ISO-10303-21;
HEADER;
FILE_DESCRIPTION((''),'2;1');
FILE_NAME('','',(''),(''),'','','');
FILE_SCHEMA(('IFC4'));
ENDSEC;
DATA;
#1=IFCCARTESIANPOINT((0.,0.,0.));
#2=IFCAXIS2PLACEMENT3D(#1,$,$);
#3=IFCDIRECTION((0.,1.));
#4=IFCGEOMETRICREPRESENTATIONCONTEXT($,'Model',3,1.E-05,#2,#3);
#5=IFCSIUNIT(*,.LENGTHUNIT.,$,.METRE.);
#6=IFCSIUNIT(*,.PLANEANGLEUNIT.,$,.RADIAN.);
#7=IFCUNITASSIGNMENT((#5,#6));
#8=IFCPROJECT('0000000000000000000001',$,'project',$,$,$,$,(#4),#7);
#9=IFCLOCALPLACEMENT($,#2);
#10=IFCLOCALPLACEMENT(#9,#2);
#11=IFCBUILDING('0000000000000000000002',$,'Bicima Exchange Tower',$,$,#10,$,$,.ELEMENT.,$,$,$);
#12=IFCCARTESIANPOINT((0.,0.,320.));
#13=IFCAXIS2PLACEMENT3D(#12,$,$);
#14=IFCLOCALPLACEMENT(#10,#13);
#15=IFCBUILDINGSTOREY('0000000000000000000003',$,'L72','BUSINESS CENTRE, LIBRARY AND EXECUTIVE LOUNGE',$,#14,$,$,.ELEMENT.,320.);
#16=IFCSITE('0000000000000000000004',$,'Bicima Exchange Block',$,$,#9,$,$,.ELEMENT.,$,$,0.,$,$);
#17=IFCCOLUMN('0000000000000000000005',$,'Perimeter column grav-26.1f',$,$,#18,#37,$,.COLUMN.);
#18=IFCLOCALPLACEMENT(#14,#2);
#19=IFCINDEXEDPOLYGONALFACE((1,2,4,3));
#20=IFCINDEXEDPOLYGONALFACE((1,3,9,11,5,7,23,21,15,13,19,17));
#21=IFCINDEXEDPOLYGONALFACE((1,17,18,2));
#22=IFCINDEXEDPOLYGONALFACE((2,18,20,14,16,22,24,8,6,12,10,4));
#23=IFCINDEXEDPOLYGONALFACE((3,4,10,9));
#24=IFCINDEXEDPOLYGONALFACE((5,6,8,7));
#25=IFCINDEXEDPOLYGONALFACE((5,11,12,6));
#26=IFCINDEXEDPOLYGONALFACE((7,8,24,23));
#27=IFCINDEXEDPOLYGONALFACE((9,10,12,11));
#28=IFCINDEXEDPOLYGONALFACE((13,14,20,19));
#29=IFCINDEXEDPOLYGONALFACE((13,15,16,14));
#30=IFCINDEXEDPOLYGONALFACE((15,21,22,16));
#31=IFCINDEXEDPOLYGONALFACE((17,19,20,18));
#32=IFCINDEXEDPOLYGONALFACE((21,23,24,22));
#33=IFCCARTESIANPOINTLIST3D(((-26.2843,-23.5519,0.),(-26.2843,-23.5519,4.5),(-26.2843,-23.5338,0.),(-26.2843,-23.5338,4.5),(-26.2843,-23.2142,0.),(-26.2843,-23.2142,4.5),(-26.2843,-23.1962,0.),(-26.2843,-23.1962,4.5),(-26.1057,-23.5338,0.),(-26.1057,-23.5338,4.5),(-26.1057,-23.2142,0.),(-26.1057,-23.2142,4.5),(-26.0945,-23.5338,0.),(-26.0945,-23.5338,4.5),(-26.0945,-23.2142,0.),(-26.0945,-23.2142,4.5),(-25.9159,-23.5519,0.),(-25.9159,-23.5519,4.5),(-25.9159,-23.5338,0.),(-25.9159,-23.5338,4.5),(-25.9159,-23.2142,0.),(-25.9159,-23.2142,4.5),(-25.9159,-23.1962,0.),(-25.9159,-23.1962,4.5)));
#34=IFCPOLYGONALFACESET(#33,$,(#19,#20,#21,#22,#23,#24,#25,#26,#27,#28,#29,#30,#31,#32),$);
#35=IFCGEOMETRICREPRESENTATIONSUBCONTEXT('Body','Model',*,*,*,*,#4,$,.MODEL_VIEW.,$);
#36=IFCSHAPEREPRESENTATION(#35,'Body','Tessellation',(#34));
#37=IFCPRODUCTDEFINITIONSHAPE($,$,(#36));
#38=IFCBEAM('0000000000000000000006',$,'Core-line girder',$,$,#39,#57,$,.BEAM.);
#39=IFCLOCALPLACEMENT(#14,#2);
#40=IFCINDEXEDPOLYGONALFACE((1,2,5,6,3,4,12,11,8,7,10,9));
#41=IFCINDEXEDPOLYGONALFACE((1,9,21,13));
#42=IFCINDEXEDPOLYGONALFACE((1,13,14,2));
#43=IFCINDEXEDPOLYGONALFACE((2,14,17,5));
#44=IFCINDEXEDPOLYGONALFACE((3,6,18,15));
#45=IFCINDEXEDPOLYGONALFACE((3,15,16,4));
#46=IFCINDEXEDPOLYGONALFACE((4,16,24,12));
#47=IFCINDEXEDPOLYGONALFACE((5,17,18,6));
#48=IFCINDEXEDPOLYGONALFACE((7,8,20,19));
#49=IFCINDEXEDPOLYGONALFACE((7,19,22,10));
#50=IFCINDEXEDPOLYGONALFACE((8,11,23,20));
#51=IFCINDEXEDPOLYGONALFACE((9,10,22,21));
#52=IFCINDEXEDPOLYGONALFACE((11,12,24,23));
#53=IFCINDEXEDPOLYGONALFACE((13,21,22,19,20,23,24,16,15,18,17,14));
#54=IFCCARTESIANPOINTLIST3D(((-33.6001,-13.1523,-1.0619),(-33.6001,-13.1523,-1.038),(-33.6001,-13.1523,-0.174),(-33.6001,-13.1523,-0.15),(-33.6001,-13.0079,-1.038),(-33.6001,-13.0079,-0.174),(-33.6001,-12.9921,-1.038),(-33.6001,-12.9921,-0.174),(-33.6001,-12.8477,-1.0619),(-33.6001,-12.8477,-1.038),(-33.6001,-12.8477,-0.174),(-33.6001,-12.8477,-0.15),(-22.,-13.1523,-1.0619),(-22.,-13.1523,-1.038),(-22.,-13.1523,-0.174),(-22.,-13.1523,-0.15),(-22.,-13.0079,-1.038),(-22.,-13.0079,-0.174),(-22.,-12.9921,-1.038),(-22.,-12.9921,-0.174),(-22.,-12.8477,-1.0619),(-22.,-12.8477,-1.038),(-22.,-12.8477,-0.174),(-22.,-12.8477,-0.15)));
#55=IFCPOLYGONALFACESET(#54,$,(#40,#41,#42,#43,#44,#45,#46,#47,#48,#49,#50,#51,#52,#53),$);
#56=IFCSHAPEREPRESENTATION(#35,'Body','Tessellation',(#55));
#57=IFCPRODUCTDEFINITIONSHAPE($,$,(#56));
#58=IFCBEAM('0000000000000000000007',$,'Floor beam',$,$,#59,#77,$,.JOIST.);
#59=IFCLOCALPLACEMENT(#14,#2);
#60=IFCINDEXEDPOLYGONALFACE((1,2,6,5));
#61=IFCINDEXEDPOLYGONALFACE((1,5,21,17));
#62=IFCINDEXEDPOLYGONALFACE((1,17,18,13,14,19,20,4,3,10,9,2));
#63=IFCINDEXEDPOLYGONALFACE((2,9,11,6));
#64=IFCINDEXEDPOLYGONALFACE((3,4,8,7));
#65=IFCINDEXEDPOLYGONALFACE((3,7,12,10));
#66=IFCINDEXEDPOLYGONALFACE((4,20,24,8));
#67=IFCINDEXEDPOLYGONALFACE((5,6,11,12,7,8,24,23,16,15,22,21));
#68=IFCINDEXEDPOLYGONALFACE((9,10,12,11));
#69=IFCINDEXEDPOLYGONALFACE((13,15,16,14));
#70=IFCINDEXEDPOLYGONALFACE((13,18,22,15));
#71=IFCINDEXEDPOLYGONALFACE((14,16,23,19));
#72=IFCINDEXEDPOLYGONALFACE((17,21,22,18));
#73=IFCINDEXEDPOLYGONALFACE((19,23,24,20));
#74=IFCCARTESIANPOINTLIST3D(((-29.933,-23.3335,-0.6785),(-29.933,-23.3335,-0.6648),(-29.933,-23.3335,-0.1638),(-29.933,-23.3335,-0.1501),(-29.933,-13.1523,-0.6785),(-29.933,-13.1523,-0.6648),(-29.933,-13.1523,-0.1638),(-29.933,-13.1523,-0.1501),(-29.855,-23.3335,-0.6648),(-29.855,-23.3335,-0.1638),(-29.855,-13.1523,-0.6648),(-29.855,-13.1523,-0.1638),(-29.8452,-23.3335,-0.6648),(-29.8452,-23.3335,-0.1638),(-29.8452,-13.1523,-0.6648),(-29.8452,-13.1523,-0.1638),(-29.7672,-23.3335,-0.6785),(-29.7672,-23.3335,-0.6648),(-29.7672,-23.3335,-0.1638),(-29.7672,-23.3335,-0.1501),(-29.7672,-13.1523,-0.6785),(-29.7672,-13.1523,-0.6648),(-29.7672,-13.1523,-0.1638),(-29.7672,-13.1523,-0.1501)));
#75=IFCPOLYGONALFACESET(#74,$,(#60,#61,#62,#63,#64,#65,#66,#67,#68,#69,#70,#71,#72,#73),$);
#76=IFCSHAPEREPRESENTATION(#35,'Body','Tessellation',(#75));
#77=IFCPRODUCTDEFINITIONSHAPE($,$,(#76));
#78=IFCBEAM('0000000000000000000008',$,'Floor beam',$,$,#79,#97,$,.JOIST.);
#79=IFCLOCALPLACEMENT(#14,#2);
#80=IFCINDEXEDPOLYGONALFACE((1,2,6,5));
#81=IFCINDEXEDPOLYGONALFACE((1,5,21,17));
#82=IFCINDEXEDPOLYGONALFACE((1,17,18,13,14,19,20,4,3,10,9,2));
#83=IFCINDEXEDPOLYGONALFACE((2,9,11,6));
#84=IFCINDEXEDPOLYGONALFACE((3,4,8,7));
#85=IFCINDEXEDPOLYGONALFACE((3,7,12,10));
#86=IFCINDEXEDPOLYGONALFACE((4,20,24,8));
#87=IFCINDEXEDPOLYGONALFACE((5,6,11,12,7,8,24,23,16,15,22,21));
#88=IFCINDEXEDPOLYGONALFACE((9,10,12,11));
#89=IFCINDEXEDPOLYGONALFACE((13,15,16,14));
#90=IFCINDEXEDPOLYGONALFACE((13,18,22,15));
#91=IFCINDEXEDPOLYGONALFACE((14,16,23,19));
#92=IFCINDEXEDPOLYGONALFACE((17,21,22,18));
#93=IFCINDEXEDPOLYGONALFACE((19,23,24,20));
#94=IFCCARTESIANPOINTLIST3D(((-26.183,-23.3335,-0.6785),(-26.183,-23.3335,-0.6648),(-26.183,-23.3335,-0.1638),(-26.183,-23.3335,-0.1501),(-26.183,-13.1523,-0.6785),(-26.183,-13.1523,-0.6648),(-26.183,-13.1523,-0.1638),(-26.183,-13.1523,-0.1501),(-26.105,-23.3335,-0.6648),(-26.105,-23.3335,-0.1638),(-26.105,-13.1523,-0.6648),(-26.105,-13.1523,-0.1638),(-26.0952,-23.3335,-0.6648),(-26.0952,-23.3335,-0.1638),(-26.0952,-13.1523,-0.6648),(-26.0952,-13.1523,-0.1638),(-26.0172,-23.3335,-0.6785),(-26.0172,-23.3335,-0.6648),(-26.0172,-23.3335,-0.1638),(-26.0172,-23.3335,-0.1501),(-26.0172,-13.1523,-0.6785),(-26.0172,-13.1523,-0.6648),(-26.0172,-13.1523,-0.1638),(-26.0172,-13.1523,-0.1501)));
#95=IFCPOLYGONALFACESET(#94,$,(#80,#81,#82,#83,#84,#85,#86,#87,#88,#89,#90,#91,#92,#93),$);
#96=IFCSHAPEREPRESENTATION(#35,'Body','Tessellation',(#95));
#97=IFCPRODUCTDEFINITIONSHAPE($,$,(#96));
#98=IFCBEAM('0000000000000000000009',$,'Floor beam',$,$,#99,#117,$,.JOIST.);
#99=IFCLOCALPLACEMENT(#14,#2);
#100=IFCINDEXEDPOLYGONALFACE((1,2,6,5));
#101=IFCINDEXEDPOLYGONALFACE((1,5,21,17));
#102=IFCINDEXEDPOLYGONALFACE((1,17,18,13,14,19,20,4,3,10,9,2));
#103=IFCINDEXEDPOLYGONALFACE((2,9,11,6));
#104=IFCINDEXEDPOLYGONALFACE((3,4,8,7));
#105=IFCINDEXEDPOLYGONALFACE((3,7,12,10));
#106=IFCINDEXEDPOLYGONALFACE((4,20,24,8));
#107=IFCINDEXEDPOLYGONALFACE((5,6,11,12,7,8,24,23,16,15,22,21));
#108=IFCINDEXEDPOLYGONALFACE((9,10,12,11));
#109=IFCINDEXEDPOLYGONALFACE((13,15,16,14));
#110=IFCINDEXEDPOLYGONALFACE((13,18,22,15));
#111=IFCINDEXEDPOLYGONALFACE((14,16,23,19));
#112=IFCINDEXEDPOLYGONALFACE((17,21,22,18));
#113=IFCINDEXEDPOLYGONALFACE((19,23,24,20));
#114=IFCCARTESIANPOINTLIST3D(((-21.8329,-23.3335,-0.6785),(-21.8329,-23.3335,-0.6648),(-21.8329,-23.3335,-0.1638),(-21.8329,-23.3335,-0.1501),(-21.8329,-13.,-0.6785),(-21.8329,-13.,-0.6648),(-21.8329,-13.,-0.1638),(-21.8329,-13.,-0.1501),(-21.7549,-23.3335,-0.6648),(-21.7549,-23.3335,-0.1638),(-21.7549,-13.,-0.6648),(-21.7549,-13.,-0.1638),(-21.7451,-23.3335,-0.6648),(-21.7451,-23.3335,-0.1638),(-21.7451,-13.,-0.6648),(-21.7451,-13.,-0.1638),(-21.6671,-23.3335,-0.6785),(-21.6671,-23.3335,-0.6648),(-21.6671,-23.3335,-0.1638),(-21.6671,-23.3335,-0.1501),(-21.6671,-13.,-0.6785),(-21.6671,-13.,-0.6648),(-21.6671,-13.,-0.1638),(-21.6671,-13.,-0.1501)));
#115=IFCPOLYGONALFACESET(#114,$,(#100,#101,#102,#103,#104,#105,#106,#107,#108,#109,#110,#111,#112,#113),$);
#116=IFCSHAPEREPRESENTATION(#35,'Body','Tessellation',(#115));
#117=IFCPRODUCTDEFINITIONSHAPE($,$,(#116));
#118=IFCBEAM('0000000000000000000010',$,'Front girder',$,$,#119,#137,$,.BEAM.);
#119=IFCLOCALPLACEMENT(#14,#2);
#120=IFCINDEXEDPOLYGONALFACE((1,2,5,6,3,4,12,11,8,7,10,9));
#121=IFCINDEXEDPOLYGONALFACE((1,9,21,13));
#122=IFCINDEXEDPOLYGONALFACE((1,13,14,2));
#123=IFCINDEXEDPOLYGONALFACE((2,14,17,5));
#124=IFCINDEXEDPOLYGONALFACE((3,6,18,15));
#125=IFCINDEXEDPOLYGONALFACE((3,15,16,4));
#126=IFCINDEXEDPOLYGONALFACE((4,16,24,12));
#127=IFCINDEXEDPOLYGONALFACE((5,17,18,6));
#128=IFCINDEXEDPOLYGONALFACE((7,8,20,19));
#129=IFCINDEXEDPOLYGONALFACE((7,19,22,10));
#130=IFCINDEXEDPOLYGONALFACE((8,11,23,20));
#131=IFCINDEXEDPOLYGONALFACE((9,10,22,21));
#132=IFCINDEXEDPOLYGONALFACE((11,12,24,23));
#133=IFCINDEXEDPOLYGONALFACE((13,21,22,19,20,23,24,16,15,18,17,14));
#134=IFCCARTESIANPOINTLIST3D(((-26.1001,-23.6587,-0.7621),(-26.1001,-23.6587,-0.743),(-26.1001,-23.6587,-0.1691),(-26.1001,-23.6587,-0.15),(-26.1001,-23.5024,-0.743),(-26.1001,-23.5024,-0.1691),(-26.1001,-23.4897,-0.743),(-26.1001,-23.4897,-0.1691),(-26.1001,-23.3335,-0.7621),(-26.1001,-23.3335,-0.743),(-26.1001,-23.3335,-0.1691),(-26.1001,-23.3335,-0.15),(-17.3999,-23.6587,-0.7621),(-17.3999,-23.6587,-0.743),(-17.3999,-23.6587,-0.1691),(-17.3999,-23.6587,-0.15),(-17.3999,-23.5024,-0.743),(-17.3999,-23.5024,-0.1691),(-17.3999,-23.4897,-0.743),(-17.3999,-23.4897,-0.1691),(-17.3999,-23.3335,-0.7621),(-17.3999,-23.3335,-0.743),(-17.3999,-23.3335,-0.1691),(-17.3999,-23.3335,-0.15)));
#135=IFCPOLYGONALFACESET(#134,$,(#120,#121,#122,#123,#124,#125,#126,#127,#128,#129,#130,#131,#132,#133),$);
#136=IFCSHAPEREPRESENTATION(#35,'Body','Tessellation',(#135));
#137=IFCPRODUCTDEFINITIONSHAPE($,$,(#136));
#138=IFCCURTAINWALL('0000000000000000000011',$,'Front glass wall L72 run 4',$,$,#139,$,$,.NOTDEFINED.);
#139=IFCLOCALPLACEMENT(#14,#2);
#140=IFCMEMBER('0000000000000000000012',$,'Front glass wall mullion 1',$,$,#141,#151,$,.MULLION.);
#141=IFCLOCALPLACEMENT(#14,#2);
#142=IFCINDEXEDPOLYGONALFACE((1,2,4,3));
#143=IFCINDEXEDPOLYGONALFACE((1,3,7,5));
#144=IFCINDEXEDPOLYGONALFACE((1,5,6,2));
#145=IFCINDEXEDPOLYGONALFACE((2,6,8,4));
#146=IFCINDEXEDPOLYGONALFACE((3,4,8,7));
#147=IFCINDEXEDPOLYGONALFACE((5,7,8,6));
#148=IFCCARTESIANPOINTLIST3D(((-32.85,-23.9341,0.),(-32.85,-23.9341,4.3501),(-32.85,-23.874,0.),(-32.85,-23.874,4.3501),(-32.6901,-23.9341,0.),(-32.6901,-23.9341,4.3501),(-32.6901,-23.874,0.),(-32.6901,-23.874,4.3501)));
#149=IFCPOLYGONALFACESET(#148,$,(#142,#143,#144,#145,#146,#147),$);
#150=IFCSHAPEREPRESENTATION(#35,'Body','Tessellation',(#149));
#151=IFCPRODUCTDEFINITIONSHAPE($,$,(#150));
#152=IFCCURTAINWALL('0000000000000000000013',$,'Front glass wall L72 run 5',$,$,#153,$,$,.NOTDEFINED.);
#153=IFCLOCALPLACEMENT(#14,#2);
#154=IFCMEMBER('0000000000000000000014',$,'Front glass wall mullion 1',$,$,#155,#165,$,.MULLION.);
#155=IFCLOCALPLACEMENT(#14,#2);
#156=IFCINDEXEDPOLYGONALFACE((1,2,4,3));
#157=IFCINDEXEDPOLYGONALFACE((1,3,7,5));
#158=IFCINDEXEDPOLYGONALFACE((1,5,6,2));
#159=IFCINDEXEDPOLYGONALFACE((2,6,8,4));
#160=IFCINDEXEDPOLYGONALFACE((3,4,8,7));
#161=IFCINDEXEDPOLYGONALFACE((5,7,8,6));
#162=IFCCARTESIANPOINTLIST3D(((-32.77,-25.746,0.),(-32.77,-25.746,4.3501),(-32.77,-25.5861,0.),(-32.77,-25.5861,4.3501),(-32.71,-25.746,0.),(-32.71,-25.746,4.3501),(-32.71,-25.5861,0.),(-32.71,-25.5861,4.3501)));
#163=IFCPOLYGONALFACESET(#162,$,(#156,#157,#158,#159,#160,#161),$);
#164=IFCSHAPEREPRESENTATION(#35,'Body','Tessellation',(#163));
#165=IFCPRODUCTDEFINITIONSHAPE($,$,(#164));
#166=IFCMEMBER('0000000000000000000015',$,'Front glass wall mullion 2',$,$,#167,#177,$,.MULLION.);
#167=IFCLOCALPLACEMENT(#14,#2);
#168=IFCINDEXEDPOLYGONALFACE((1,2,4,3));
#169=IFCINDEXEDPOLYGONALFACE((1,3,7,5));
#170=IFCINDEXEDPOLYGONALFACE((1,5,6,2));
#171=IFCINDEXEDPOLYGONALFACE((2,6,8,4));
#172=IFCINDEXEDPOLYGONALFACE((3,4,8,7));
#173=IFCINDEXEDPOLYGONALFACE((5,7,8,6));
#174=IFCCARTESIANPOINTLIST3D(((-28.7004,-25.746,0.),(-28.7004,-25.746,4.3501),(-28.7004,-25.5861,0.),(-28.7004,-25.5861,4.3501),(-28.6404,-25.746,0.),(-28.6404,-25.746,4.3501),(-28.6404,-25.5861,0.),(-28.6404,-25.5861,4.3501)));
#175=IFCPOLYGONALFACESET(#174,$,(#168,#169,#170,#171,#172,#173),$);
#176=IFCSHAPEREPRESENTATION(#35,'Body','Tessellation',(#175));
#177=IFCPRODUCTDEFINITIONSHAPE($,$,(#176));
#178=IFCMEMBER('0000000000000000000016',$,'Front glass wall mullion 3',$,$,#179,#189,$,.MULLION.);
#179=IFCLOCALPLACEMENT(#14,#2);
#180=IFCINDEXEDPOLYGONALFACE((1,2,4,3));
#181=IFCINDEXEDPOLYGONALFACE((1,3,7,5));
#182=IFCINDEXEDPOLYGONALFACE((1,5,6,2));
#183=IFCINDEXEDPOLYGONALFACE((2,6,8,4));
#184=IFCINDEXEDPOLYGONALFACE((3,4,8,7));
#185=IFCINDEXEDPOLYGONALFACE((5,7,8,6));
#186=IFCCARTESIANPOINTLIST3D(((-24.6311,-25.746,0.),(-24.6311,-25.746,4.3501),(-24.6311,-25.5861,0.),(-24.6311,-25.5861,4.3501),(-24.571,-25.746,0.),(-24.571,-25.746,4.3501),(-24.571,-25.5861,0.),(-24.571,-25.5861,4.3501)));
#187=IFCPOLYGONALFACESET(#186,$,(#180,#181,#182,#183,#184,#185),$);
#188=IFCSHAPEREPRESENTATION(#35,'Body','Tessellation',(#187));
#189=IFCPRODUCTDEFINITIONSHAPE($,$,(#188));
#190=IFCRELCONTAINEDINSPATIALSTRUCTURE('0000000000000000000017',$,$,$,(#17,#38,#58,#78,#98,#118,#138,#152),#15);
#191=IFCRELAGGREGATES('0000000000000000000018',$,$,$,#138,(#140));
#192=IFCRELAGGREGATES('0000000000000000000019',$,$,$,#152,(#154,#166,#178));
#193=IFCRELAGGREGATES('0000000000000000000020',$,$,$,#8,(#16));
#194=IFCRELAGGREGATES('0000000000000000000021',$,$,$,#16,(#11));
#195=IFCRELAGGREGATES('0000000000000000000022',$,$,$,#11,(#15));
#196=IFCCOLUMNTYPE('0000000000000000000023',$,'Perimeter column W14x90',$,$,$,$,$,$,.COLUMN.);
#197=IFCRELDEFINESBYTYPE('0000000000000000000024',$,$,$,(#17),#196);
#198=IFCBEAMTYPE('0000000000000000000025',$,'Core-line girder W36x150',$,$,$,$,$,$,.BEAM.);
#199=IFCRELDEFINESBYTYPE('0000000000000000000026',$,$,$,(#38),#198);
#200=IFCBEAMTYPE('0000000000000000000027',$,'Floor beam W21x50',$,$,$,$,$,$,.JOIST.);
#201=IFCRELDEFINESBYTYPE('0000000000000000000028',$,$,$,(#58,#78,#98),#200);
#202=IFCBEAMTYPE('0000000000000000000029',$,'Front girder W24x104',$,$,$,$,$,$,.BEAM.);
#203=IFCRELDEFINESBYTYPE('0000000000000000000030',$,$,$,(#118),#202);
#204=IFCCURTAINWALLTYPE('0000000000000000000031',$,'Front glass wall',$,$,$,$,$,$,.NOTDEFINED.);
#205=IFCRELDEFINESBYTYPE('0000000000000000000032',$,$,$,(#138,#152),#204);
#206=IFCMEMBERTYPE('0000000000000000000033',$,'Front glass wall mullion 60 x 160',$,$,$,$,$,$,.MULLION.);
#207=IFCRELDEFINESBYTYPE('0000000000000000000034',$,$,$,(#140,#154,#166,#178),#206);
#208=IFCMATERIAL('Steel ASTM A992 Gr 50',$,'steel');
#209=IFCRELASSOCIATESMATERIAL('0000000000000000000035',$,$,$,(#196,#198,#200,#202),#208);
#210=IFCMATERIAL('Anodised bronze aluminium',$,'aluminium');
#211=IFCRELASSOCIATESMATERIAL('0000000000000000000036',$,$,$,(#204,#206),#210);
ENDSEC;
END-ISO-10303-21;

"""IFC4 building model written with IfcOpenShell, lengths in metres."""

from ifc_helpers import new_model, si_unit, direction, frame, origin, origin_2d, place, context, subcontext, project, spatial, rectangle, i_section, extrude, material, material_profile, profile_set, type_object, element, aggregate, save


model = new_model("IFC4")

# Units and contexts
model_context = context("Model", 3, precision=1e-05, world=origin(), true_north=direction((0.0, 1.0)))
body_context = subcontext(model_context, "Body", "Model", "MODEL_VIEW")
ifc_project = project(units=[si_unit("LENGTHUNIT", "METRE"), si_unit("PLANEANGLEUNIT", "RADIAN")], contexts=[model_context])

# Site, building, storey
site_placement = place(None, origin())
site = spatial("IfcSite", under=ifc_project, at=site_placement, Name="Bicima Exchange Block", CompositionType="ELEMENT", RefElevation=0.0)
building_placement = place(site_placement, origin())
building = spatial("IfcBuilding", under=site, at=building_placement, Name="Bicima Exchange Tower", CompositionType="ELEMENT")
storey_placement = place(building_placement, frame((0.0, 0.0, 320.0)))
storey = spatial("IfcBuildingStorey", under=building, at=storey_placement, Name="L72", Description="BUSINESS CENTRE, LIBRARY AND EXECUTIVE LOUNGE", CompositionType="ELEMENT", Elevation=320.0)

# Column
ifc_material_1 = material(Name="Steel ASTM A992 Gr 50", Category="steel")
ifc_material_profile_1 = material_profile(ifc_material_1, i_section(OverallWidth=0.3684, OverallDepth=0.3557, WebThickness=0.0112, FlangeThickness=0.0181, at=origin_2d()))
ifc_profile_set_1 = profile_set([ifc_material_profile_1], Name="Steel ASTM A992 Gr 50")
column_type = type_object("IfcColumnType", Name="Perimeter column W14x90", PredefinedType="COLUMN", material=ifc_profile_set_1)
column_placement = place(storey_placement, frame((-26.1001, -23.374, 0.0), z_axis=(0.0, 0.0, 1.0), x_axis=(1.0, 0.0, 0.0)))
element("IfcColumn", 1, at=column_placement, inside=storey, type_object=column_type, Name="Perimeter column grav-26.1f", PredefinedType="COLUMN", context=body_context, shape_type="SweptSolid", body=[
    extrude(i_section(OverallWidth=0.3684, OverallDepth=0.3557, WebThickness=0.0112, FlangeThickness=0.0181, at=origin_2d()), origin(), (0.0, 0.0, 1.0), 4.5),
])

# Beams
ifc_material_profile_2 = material_profile(ifc_material_1, i_section(OverallWidth=0.3047, OverallDepth=0.9119, WebThickness=0.0159, FlangeThickness=0.0239, at=origin_2d()))
ifc_profile_set_2 = profile_set([ifc_material_profile_2], Name="Steel ASTM A992 Gr 50")
beam_type_1 = type_object("IfcBeamType", Name="Core-line girder W36x150", PredefinedType="BEAM", material=ifc_profile_set_2)
beam_1_placement = place(storey_placement, frame((-22.0, -13.0, -0.606), z_axis=(-1.0, 0.0, 0.0), x_axis=(0.0, -1.0, 0.0)))
element("IfcBeam", 2, at=beam_1_placement, inside=storey, type_object=beam_type_1, Name="Core-line girder", PredefinedType="BEAM", context=body_context, shape_type="SweptSolid", body=[
    extrude(i_section(OverallWidth=0.3047, OverallDepth=0.9119, WebThickness=0.0159, FlangeThickness=0.0239, at=origin_2d()), origin(), (0.0, 0.0, 1.0), 11.6001),
])
ifc_material_profile_3 = material_profile(ifc_material_1, i_section(OverallWidth=0.1658, OverallDepth=0.5283, WebThickness=0.0098, FlangeThickness=0.0137, at=origin_2d()))
ifc_profile_set_3 = profile_set([ifc_material_profile_3], Name="Steel ASTM A992 Gr 50")
beam_type_2 = type_object("IfcBeamType", Name="Floor beam W21x50", PredefinedType="JOIST", material=ifc_profile_set_3)
for number, where, z_axis, x_axis, name in (
    (3, (-29.8501, -13.1523, -0.4143), (0.0, -1.0, 0.0), (1.0, 0.0, 0.0), "Floor beam"),
    (4, (-26.1001, -13.1523, -0.4143), (0.0, -1.0, 0.0), (1.0, 0.0, 0.0), "Floor beam"),
):
    element("IfcBeam", number, at=place(storey_placement, frame(where, z_axis=z_axis, x_axis=x_axis)), inside=storey, type_object=beam_type_2, Name=name, PredefinedType="JOIST", context=body_context, shape_type="SweptSolid", body=[
        extrude(i_section(OverallWidth=0.1658, OverallDepth=0.5283, WebThickness=0.0098, FlangeThickness=0.0137, at=origin_2d()), origin(), (0.0, 0.0, 1.0), 10.1812),
    ])
beam_2_placement = place(storey_placement, frame((-21.75, -13.0, -0.4143), z_axis=(0.0, -1.0, 0.0), x_axis=(1.0, 0.0, 0.0)))
element("IfcBeam", 5, at=beam_2_placement, inside=storey, type_object=beam_type_2, Name="Floor beam", PredefinedType="JOIST", context=body_context, shape_type="SweptSolid", body=[
    extrude(i_section(OverallWidth=0.1658, OverallDepth=0.5283, WebThickness=0.0098, FlangeThickness=0.0137, at=origin_2d()), origin(), (0.0, 0.0, 1.0), 10.3335),
])
ifc_material_profile_4 = material_profile(ifc_material_1, i_section(OverallWidth=0.3252, OverallDepth=0.6121, WebThickness=0.0127, FlangeThickness=0.019, at=origin_2d()))
ifc_profile_set_4 = profile_set([ifc_material_profile_4], Name="Steel ASTM A992 Gr 50")
beam_type_3 = type_object("IfcBeamType", Name="Front girder W24x104", PredefinedType="BEAM", material=ifc_profile_set_4)
beam_3_placement = place(storey_placement, frame((-26.1001, -23.4961, -0.4561), z_axis=(1.0, 0.0, 0.0), x_axis=(0.0, 1.0, 0.0)))
element("IfcBeam", 6, at=beam_3_placement, inside=storey, type_object=beam_type_3, Name="Front girder", PredefinedType="BEAM", context=body_context, shape_type="SweptSolid", body=[
    extrude(i_section(OverallWidth=0.3252, OverallDepth=0.6121, WebThickness=0.0127, FlangeThickness=0.019, at=origin_2d()), origin(), (0.0, 0.0, 1.0), 8.7002),
])

# Curtain wall, member
ifc_material_2 = material(Name="Anodised bronze aluminium", Category="aluminium")
curtain_wall_type = type_object("IfcCurtainWallType", Name="Front glass wall", PredefinedType="NOTDEFINED", material=ifc_material_2)
curtain_wall_1_placement = place(storey_placement, origin())
curtain_wall_1 = element("IfcCurtainWall", 7, at=curtain_wall_1_placement, inside=storey, type_object=curtain_wall_type, Name="Front glass wall L72 run 4", PredefinedType="NOTDEFINED")
ifc_material_profile_5 = material_profile(ifc_material_2, rectangle(XDim=0.1599, YDim=0.0601, at=origin_2d()))
ifc_profile_set_5 = profile_set([ifc_material_profile_5], Name="Anodised bronze aluminium")
member_type_1 = type_object("IfcMemberType", Name="Front glass wall mullion 60 x 160", PredefinedType="MULLION", material=ifc_profile_set_5)
member_1_placement = place(storey_placement, frame((-32.77, -23.9041, 0.0), z_axis=(0.0, 0.0, 1.0), x_axis=(1.0, 0.0, 0.0)))
member_1 = element("IfcMember", 8, at=member_1_placement, type_object=member_type_1, Name="Front glass wall mullion 1", PredefinedType="MULLION", context=body_context, shape_type="SweptSolid", body=[
    extrude(rectangle(XDim=0.1599, YDim=0.0601, at=origin_2d()), origin(), (0.0, 0.0, 1.0), 4.3501),
])
aggregate(curtain_wall_1, [member_1])

# Curtain wall, members
curtain_wall_2_placement = place(storey_placement, origin())
curtain_wall_2 = element("IfcCurtainWall", 9, at=curtain_wall_2_placement, inside=storey, type_object=curtain_wall_type, Name="Front glass wall L72 run 5", PredefinedType="NOTDEFINED")
member_2_placement = place(storey_placement, frame((-32.74, -25.666, 0.0), z_axis=(0.0, 0.0, 1.0), x_axis=(0.0, 1.0, 0.0)))
member_2 = element("IfcMember", 10, at=member_2_placement, type_object=member_type_1, Name="Front glass wall mullion 1", PredefinedType="MULLION", context=body_context, shape_type="SweptSolid", body=[
    extrude(rectangle(XDim=0.1599, YDim=0.0601, at=origin_2d()), origin(), (0.0, 0.0, 1.0), 4.3501),
])
member_3_placement = place(storey_placement, frame((-28.6704, -25.666, 0.0), z_axis=(0.0, 0.0, 1.0), x_axis=(0.0, 1.0, 0.0)))
member_3 = element("IfcMember", 11, at=member_3_placement, type_object=member_type_1, Name="Front glass wall mullion 2", PredefinedType="MULLION", context=body_context, shape_type="SweptSolid", body=[
    extrude(rectangle(XDim=0.1599, YDim=0.0601, at=origin_2d()), origin(), (0.0, 0.0, 1.0), 4.3501),
])
member_4_placement = place(storey_placement, frame((-24.6011, -25.666, 0.0), z_axis=(0.0, 0.0, 1.0), x_axis=(0.0, 1.0, 0.0)))
member_4 = element("IfcMember", 12, at=member_4_placement, type_object=member_type_1, Name="Front glass wall mullion 3", PredefinedType="MULLION", context=body_context, shape_type="SweptSolid", body=[
    extrude(rectangle(XDim=0.1599, YDim=0.0601, at=origin_2d()), origin(), (0.0, 0.0, 1.0), 4.3501),
])
aggregate(curtain_wall_2, [member_2, member_3, member_4])

save(model, "model.ifc")
